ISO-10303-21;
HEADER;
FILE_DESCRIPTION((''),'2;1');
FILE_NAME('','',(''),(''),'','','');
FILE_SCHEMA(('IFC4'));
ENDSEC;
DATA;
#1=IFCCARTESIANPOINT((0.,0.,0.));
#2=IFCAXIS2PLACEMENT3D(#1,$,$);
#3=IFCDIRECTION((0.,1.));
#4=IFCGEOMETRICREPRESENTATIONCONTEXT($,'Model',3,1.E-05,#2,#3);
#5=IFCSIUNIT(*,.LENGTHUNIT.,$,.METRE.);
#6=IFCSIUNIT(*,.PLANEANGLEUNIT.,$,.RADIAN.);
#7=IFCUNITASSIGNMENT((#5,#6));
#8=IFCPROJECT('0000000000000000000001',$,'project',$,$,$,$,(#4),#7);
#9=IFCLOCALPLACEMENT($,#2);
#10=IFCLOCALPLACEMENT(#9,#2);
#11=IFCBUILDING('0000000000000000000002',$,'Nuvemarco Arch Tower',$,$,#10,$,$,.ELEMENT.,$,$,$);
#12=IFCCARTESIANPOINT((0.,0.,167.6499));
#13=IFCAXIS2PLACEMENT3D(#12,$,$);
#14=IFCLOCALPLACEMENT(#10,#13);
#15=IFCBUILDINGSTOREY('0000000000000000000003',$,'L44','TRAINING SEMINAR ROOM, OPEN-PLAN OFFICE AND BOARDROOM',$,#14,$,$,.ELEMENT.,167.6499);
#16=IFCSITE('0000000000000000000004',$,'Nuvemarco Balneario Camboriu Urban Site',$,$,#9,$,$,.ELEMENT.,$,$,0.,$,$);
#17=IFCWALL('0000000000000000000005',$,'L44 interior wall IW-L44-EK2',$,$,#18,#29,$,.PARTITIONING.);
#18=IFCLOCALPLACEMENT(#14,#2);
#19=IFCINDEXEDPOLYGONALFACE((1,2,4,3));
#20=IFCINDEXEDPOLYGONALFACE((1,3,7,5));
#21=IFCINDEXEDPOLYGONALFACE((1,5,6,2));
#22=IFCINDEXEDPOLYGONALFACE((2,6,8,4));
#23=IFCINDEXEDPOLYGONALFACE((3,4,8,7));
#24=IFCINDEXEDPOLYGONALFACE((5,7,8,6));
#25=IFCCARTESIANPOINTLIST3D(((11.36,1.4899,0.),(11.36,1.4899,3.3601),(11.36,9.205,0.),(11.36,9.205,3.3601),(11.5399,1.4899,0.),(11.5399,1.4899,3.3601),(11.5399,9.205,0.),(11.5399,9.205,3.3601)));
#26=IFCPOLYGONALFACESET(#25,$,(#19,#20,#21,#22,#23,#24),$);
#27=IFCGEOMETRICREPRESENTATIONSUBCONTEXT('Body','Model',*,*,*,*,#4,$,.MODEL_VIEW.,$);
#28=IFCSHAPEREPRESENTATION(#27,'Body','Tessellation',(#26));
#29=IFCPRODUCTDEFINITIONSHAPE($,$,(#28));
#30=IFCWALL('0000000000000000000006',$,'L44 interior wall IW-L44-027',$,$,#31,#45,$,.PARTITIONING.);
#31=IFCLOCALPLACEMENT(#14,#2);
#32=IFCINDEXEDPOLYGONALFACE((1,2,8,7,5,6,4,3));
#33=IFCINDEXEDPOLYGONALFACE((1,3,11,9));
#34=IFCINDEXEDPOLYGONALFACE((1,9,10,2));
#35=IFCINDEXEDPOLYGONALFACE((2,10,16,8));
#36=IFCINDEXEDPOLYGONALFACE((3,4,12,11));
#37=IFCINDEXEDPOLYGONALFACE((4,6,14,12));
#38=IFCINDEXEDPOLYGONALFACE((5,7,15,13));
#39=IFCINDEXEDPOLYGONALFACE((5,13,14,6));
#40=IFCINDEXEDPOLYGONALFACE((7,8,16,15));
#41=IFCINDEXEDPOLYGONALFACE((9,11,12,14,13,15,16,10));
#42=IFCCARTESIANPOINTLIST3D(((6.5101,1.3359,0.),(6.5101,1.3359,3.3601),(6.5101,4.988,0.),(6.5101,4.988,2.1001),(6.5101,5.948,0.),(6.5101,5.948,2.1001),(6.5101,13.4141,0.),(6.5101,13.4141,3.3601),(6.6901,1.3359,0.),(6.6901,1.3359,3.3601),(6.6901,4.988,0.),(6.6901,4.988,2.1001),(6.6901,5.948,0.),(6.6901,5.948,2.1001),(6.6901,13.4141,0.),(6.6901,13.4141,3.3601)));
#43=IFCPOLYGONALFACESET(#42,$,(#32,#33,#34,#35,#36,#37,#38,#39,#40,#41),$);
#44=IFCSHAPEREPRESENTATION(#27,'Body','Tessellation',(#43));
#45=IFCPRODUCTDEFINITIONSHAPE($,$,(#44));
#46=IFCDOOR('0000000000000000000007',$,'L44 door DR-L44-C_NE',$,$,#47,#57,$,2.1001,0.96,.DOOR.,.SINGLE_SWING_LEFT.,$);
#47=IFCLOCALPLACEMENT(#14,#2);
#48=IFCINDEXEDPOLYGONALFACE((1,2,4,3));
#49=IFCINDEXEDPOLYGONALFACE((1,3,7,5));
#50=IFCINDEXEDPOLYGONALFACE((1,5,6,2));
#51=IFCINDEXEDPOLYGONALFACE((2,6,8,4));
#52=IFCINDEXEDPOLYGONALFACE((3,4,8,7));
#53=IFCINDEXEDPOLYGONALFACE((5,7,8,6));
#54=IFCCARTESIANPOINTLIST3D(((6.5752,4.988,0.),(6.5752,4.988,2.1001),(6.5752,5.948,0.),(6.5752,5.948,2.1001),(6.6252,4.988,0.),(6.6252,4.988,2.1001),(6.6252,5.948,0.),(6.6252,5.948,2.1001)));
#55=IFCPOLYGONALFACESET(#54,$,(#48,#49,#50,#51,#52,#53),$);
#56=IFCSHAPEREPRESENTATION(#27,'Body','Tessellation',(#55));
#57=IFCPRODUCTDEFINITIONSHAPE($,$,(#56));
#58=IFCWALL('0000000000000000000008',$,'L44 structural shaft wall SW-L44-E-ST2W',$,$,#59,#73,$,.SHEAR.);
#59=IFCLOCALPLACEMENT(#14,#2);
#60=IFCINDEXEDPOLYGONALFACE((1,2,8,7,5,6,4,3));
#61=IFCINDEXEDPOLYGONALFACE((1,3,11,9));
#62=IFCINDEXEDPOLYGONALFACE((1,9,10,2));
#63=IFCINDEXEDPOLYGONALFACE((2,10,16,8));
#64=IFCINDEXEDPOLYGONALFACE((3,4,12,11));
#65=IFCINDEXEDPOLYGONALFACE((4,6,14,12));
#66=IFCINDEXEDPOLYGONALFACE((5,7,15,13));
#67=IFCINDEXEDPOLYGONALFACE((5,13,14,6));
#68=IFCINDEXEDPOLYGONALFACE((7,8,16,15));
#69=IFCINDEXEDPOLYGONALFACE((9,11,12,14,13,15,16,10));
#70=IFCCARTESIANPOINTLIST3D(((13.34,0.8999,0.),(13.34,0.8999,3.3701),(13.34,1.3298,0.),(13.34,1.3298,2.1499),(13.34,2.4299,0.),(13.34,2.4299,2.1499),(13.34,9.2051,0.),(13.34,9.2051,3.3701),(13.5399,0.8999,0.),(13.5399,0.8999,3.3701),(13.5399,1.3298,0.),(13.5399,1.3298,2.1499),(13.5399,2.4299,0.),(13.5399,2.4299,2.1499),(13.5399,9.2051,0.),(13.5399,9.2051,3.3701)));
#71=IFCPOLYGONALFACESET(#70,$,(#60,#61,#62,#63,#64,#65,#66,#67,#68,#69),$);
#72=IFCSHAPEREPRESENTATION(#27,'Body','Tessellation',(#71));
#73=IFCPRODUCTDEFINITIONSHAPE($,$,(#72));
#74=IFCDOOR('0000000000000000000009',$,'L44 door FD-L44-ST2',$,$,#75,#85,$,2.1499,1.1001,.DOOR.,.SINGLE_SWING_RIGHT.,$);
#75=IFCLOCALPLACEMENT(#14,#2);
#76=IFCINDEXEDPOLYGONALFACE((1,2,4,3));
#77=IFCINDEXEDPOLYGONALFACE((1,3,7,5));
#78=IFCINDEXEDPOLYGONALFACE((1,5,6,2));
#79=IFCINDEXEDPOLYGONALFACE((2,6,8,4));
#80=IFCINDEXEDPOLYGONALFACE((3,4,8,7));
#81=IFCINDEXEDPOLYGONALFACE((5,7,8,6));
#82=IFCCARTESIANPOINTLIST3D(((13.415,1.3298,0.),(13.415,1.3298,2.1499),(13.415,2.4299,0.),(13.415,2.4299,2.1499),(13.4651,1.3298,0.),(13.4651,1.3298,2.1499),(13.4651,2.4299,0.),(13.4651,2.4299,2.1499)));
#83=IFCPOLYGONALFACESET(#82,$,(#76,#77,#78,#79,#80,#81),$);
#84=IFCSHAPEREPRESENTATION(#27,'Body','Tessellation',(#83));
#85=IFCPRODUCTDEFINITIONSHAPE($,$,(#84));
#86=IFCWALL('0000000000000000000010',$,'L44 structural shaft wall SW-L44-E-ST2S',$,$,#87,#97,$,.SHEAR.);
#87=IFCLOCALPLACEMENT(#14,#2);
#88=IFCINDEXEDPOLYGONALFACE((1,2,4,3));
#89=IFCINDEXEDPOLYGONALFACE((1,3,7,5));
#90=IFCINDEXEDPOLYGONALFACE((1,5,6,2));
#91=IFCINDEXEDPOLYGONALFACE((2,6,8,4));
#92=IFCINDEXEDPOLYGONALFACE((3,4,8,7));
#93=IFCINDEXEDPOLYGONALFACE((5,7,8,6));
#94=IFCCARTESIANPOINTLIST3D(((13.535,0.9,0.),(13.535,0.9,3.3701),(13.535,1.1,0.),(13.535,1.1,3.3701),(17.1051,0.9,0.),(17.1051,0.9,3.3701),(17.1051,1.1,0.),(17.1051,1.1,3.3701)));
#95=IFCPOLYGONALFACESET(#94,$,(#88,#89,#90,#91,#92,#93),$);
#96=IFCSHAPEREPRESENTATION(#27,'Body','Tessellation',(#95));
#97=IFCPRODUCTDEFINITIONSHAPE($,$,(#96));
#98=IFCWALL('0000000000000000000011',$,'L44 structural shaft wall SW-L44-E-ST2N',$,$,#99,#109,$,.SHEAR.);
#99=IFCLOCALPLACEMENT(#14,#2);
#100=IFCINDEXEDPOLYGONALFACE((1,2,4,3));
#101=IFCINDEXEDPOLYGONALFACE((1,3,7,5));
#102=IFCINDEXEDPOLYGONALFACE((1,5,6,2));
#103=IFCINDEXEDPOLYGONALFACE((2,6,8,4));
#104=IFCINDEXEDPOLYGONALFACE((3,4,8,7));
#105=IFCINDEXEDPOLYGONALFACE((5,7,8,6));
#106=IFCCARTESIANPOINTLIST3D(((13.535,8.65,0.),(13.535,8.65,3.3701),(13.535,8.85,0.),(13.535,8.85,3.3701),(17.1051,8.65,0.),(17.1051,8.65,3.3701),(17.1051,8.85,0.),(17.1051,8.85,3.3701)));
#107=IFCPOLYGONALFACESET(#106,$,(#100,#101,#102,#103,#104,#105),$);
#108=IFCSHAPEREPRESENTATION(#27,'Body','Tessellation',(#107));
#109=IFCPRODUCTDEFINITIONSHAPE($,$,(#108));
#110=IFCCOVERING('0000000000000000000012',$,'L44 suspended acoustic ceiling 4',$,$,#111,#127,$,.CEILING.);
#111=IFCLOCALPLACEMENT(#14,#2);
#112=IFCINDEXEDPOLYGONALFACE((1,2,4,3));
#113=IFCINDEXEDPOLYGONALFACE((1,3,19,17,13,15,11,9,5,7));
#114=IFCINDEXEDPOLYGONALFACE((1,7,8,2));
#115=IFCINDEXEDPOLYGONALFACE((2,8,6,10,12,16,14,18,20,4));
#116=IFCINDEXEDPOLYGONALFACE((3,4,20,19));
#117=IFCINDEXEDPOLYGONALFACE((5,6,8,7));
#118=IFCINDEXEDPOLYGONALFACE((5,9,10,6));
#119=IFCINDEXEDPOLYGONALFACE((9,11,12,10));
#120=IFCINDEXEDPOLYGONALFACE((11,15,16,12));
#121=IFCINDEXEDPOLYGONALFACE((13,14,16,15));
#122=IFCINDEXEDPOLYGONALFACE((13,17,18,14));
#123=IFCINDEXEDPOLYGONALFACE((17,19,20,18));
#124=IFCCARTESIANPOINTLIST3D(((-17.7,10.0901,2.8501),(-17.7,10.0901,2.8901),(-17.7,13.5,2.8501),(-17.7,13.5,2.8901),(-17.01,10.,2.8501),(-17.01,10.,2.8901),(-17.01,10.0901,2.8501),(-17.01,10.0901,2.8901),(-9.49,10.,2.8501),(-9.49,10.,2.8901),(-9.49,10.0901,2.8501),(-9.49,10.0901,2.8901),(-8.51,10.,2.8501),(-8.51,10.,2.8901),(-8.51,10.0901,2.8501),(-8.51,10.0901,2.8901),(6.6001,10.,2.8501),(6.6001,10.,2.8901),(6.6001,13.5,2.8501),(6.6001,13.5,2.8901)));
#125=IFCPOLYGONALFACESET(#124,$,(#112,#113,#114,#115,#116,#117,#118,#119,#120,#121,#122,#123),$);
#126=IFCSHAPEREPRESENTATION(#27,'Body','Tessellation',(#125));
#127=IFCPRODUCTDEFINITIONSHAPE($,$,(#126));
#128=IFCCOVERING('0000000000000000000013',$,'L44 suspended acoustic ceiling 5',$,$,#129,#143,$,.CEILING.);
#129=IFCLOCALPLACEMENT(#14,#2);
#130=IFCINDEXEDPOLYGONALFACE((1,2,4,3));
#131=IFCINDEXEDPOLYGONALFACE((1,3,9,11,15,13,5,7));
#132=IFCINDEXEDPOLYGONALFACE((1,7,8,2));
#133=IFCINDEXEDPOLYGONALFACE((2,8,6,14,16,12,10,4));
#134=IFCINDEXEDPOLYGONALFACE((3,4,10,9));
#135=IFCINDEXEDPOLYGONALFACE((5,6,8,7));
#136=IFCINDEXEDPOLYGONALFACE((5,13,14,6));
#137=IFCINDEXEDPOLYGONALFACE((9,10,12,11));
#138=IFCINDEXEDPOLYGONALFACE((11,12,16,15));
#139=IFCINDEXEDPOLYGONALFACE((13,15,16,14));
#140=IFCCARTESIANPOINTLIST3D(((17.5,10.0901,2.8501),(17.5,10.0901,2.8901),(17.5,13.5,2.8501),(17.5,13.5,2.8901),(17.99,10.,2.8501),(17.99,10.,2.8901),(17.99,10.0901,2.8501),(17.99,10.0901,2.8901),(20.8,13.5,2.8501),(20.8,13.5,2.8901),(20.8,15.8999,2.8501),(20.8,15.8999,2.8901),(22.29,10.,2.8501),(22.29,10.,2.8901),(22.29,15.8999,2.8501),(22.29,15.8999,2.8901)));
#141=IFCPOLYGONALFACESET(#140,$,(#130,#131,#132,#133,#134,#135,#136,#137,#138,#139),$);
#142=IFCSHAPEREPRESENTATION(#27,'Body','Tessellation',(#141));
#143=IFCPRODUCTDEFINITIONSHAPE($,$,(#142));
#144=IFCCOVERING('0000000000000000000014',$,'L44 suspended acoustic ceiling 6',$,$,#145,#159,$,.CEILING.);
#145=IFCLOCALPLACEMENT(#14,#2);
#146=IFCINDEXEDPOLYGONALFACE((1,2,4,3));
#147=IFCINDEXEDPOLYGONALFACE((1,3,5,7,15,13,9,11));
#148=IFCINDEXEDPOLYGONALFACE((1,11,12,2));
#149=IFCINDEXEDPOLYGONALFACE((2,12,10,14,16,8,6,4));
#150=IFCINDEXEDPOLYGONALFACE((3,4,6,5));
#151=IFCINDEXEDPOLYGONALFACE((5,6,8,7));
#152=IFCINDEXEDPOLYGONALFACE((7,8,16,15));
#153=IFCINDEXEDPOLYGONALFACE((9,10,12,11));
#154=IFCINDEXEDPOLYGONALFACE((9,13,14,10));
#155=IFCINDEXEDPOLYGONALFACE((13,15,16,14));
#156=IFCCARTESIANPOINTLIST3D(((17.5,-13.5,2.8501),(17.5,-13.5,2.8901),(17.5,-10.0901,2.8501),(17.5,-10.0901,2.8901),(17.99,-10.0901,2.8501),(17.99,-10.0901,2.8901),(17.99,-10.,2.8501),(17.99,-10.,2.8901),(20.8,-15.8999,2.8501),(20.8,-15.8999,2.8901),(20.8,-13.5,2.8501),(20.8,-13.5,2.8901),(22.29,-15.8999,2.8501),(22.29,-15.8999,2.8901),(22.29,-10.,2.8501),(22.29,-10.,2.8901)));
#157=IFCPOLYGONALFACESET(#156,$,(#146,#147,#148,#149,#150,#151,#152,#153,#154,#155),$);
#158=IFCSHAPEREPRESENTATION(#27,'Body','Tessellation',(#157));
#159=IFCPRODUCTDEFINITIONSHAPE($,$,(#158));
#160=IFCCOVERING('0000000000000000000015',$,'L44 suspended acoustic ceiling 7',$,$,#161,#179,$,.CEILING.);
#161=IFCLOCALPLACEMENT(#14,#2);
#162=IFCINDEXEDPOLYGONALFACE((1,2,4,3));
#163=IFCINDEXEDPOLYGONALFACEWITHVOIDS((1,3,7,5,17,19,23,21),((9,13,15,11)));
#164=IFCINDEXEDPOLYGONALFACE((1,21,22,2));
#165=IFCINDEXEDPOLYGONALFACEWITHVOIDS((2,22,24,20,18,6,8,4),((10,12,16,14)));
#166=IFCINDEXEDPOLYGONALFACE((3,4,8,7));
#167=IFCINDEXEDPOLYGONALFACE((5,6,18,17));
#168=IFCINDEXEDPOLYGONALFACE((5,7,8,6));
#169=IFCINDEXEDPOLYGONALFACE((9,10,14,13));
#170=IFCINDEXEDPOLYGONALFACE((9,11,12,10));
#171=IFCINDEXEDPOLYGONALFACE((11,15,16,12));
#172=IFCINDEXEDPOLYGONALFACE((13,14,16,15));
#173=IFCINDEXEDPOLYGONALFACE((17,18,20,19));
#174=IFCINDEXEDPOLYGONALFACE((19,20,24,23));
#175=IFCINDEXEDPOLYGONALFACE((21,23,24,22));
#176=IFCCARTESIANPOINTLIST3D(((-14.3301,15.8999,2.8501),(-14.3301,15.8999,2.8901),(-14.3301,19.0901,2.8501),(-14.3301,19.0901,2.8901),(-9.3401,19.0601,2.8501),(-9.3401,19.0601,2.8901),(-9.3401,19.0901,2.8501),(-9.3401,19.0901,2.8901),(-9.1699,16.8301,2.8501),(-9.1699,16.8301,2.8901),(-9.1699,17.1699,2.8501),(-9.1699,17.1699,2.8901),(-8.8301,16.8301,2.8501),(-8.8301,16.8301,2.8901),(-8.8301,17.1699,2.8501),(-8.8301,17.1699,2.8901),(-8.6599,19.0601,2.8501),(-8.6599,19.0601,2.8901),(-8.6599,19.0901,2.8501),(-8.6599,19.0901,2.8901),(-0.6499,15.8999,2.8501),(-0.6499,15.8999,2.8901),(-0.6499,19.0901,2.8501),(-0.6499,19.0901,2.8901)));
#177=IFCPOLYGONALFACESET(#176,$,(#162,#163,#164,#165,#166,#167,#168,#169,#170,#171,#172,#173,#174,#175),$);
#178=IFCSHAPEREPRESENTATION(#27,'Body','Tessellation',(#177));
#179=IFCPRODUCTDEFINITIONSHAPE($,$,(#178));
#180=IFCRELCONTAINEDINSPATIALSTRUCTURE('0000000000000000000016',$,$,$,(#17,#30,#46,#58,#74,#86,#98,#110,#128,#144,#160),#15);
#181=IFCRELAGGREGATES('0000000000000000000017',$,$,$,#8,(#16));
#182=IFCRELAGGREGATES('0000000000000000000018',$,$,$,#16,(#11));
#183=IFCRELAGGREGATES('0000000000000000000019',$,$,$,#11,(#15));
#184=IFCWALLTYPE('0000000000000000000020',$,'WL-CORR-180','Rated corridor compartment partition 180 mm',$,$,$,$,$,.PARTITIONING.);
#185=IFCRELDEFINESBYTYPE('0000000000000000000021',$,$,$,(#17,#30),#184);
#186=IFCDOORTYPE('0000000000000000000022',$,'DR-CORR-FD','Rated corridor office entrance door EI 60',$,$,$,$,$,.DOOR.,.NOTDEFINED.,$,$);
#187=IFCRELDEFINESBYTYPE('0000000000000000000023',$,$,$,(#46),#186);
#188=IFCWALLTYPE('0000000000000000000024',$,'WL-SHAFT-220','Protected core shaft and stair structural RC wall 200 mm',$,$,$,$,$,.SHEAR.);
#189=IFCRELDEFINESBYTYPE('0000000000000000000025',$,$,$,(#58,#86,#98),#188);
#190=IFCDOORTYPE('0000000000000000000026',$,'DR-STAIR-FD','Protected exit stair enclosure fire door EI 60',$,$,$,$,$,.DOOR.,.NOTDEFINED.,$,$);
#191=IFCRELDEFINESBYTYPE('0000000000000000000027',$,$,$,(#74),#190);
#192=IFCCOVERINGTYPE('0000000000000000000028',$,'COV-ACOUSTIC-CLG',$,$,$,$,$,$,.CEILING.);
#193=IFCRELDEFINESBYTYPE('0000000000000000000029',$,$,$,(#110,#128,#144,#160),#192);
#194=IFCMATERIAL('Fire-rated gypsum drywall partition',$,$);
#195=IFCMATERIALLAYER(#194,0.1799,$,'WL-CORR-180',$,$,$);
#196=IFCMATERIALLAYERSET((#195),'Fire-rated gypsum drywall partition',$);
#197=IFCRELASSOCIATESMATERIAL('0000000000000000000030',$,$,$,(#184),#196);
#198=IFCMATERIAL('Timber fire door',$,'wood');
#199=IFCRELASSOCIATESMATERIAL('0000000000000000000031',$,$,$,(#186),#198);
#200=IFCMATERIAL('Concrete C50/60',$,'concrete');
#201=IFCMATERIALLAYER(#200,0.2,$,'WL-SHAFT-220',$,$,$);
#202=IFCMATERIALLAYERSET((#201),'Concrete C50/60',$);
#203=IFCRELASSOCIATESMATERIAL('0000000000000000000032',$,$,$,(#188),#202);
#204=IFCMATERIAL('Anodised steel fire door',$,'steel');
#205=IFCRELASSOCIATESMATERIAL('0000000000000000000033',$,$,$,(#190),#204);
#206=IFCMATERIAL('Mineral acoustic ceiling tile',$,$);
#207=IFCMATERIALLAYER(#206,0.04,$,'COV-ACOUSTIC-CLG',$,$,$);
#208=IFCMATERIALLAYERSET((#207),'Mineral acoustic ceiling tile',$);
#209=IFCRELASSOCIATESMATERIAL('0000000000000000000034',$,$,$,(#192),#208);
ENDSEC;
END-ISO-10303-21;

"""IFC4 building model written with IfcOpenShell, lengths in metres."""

from ifc_helpers import new_model, si_unit, direction, frame, frame_2d, origin, place, context, subcontext, project, spatial, polyline, rectangle, outline, extrude, source, transform, mapped, material, layer, layer_set, type_object, type_shapes, element, fill, save


model = new_model("IFC4")

# Units and contexts
model_context = context("Model", 3, precision=1e-05, world=origin(), true_north=direction((0.0, 1.0)))
body_context = subcontext(model_context, "Body", "Model", "MODEL_VIEW")
ifc_project = project(units=[si_unit("LENGTHUNIT", "METRE"), si_unit("PLANEANGLEUNIT", "RADIAN")], contexts=[model_context])

# Site, building, storey
site_placement = place(None, origin())
site = spatial("IfcSite", under=ifc_project, at=site_placement, Name="Nuvemarco Balneario Camboriu Urban Site", CompositionType="ELEMENT", RefElevation=0.0)
building_placement = place(site_placement, origin())
building = spatial("IfcBuilding", under=site, at=building_placement, Name="Nuvemarco Arch Tower", CompositionType="ELEMENT")
storey_placement = place(building_placement, frame((0.0, 0.0, 167.6499)))
storey = spatial("IfcBuildingStorey", under=building, at=storey_placement, Name="L44", Description="TRAINING SEMINAR ROOM, OPEN-PLAN OFFICE AND BOARDROOM", CompositionType="ELEMENT", Elevation=167.6499)

# Shared definitions
ifc_material_1 = material(Name="Concrete C50/60", Category="concrete")

# Shared definitions
ifc_material_2 = material(Name="Fire-rated gypsum drywall partition")
ifc_layer_1 = layer(ifc_material_2, 0.1799, Name="WL-CORR-180")
ifc_layer_set_1 = layer_set([ifc_layer_1], Name="Fire-rated gypsum drywall partition")
wall_type_1 = type_object("IfcWallType", Name="WL-CORR-180", Description="Rated corridor compartment partition 180 mm", PredefinedType="PARTITIONING", material=ifc_layer_set_1)
ifc_material_3 = material(Name="Anodised steel fire door", Category="steel")

# Wall
wall_1_placement = place(storey_placement, frame((11.45, 1.49, 0.0), z_axis=(0.0, 0.0, 1.0), x_axis=(0.0, 1.0, 0.0)))
element("IfcWall", 1, at=wall_1_placement, inside=storey, type_object=wall_type_1, Name="L44 interior wall IW-L44-EK2", PredefinedType="PARTITIONING", context=body_context, shape_type="SweptSolid", body=[
    extrude(rectangle(XDim=7.7151, YDim=0.1799, at=frame_2d((3.8574, 0.0))), origin(), (0.0, 0.0, 1.0), 3.3601),
])

# Walls, openings, doors
wall_2_placement = place(storey_placement, frame((6.6001, 1.3359, 0.0), z_axis=(0.0, 0.0, 1.0), x_axis=(0.0, 1.0, 0.0)))
wall_2 = element("IfcWall", 2, at=wall_2_placement, inside=storey, type_object=wall_type_1, Name="L44 interior wall IW-L44-027", PredefinedType="PARTITIONING", context=body_context, shape_type="SweptSolid", body=[
    extrude(rectangle(XDim=12.0781, YDim=0.1799, at=frame_2d((6.0391, 0.0))), origin(), (0.0, 0.0, 1.0), 3.3601),
])
opening_1_placement = place(wall_2_placement, frame((3.6521, 0.0, 0.0)))
opening_1 = element("IfcOpeningElement", 3, at=opening_1_placement, cuts=wall_2, PredefinedType="OPENING", context=body_context, shape_type="SweptSolid", body=[
    extrude(rectangle(XDim=0.96, YDim=2.1001, at=frame_2d((0.48, 1.05))), frame((0.0, 0.0999, 0.0), z_axis=(0.0, -1.0, 0.0), x_axis=(1.0, 0.0, 0.0)), (0.0, 0.0, 1.0), 0.2),
])
ifc_material_4 = material(Name="Timber fire door", Category="wood")
door_type_1 = type_object("IfcDoorType", Name="DR-CORR-FD", Description="Rated corridor office entrance door EI 60", OperationType="NOTDEFINED", PredefinedType="DOOR", material=ifc_material_4)
shared_shape_1 = source(origin(), body_context, "Body", "SweptSolid", [
    extrude(rectangle(XDim=0.96, YDim=2.1001, at=frame_2d((0.48, 1.05))), frame((0.0, 0.0249, 0.0), z_axis=(0.0, -1.0, 0.0), x_axis=(1.0, 0.0, 0.0)), (0.0, 0.0, 1.0), 0.05),
])
type_shapes(door_type_1, [shared_shape_1])
door_1_placement = place(opening_1_placement, origin())
door_1 = element("IfcDoor", 4, at=door_1_placement, inside=storey, type_object=door_type_1, Name="L44 door DR-L44-C_NE", OperationType="SINGLE_SWING_LEFT", OverallHeight=2.1001, OverallWidth=0.96, PredefinedType="DOOR", context=body_context, shape_type="MappedRepresentation", body=[
    mapped(shared_shape_1, transform((0.0, 0.0, 0.0), scale=1.0)),
])
fill(opening_1, door_1)
ifc_layer_2 = layer(ifc_material_1, 0.2, Name="WL-SHAFT-220")
ifc_layer_set_2 = layer_set([ifc_layer_2], Name="Concrete C50/60")
wall_type_2 = type_object("IfcWallType", Name="WL-SHAFT-220", Description="Protected core shaft and stair structural RC wall 200 mm", PredefinedType="SHEAR", material=ifc_layer_set_2)
wall_3_placement = place(storey_placement, frame((13.4399, 0.8999, 0.0), z_axis=(0.0, 0.0, 1.0), x_axis=(0.0, 1.0, 0.0)))
wall_3 = element("IfcWall", 5, at=wall_3_placement, inside=storey, type_object=wall_type_2, Name="L44 structural shaft wall SW-L44-E-ST2W", PredefinedType="SHEAR", context=body_context, shape_type="SweptSolid", body=[
    extrude(rectangle(XDim=8.3052, YDim=0.2, at=frame_2d((4.1526, 0.0))), origin(), (0.0, 0.0, 1.0), 3.3701),
])
opening_2_placement = place(wall_3_placement, frame((0.4299, 0.0, 0.0)))
opening_2 = element("IfcOpeningElement", 6, at=opening_2_placement, cuts=wall_3, PredefinedType="OPENING", context=body_context, shape_type="SweptSolid", body=[
    extrude(rectangle(XDim=1.1001, YDim=2.1499, at=frame_2d((0.55, 1.075))), frame((0.0, 0.1099, 0.0), z_axis=(0.0, -1.0, 0.0), x_axis=(1.0, 0.0, 0.0)), (0.0, 0.0, 1.0), 0.22),
])
door_type_2 = type_object("IfcDoorType", Name="DR-STAIR-FD", Description="Protected exit stair enclosure fire door EI 60", OperationType="NOTDEFINED", PredefinedType="DOOR", material=ifc_material_3)
shared_shape_2 = source(origin(), body_context, "Body", "SweptSolid", [
    extrude(rectangle(XDim=1.1001, YDim=2.1499, at=frame_2d((0.55, 1.075))), frame((0.0, 0.0249, 0.0), z_axis=(0.0, -1.0, 0.0), x_axis=(1.0, 0.0, 0.0)), (0.0, 0.0, 1.0), 0.05),
])
type_shapes(door_type_2, [shared_shape_2])
door_2_placement = place(opening_2_placement, origin())
door_2 = element("IfcDoor", 7, at=door_2_placement, inside=storey, type_object=door_type_2, Name="L44 door FD-L44-ST2", OperationType="SINGLE_SWING_RIGHT", OverallHeight=2.1499, OverallWidth=1.1001, PredefinedType="DOOR", context=body_context, shape_type="MappedRepresentation", body=[
    mapped(shared_shape_2, transform((0.0, 0.0, 0.0), scale=1.0)),
])
fill(opening_2, door_2)

# Walls
for number, where, z_axis, x_axis, name in (
    (8, (13.5349, 1.0, 0.0), (0.0, 0.0, 1.0), (1.0, 0.0, 0.0), "L44 structural shaft wall SW-L44-E-ST2S"),
    (9, (13.5349, 8.75, 0.0), (0.0, 0.0, 1.0), (1.0, 0.0, 0.0), "L44 structural shaft wall SW-L44-E-ST2N"),
):
    element("IfcWall", number, at=place(storey_placement, frame(where, z_axis=z_axis, x_axis=x_axis)), inside=storey, type_object=wall_type_2, Name=name, PredefinedType="SHEAR", context=body_context, shape_type="SweptSolid", body=[
        extrude(rectangle(XDim=3.5701, YDim=0.2, at=frame_2d((1.7852, 0.0))), origin(), (0.0, 0.0, 1.0), 3.3701),
    ])

# Coverings
ifc_material_5 = material(Name="Mineral acoustic ceiling tile")
ifc_layer_3 = layer(ifc_material_5, 0.04, Name="COV-ACOUSTIC-CLG")
ifc_layer_set_3 = layer_set([ifc_layer_3], Name="Mineral acoustic ceiling tile")
covering_type_1 = type_object("IfcCoveringType", Name="COV-ACOUSTIC-CLG", PredefinedType="CEILING", material=ifc_layer_set_3)
covering_1_placement = place(storey_placement, frame((0.0, 0.0, 2.8501)))
element("IfcCovering", 10, at=covering_1_placement, inside=storey, type_object=covering_type_1, Name="L44 suspended acoustic ceiling 4", PredefinedType="CEILING", context=body_context, shape_type="SweptSolid", body=[
    extrude(outline(polyline([(6.6001, 13.5), (6.6001, 10.0), (-8.51, 10.0), (-8.51, 10.0901), (-9.49, 10.0901), (-9.49, 10.0), (-17.01, 10.0), (-17.01, 10.0901), (-17.7, 10.0901), (-17.7, 13.5), (6.6001, 13.5)])), origin(), (0.0, 0.0, 1.0), 0.04),
])
covering_2_placement = place(storey_placement, frame((0.0, 0.0, 2.8501)))
element("IfcCovering", 11, at=covering_2_placement, inside=storey, type_object=covering_type_1, Name="L44 suspended acoustic ceiling 5", PredefinedType="CEILING", context=body_context, shape_type="SweptSolid", body=[
    extrude(outline(polyline([(17.99, 10.0901), (17.5, 10.0901), (17.5, 13.5), (20.8, 13.5), (20.8, 15.8999), (22.29, 15.8999), (22.29, 10.0), (17.99, 10.0), (17.99, 10.0901)])), origin(), (0.0, 0.0, 1.0), 0.04),
])
covering_3_placement = place(storey_placement, frame((0.0, 0.0, 2.8501)))
element("IfcCovering", 12, at=covering_3_placement, inside=storey, type_object=covering_type_1, Name="L44 suspended acoustic ceiling 6", PredefinedType="CEILING", context=body_context, shape_type="SweptSolid", body=[
    extrude(outline(polyline([(17.5, -10.0901), (17.99, -10.0901), (17.99, -10.0), (22.29, -10.0), (22.29, -15.8999), (20.8, -15.8999), (20.8, -13.5), (17.5, -13.5), (17.5, -10.0901)])), origin(), (0.0, 0.0, 1.0), 0.04),
])
covering_4_placement = place(storey_placement, frame((0.0, 0.0, 2.8501)))
element("IfcCovering", 13, at=covering_4_placement, inside=storey, type_object=covering_type_1, Name="L44 suspended acoustic ceiling 7", PredefinedType="CEILING", context=body_context, shape_type="SweptSolid", body=[
    extrude(outline(polyline([(-0.6499, 15.8999), (-14.3301, 15.8999), (-14.3301, 19.0901), (-9.3401, 19.0901), (-9.3401, 19.0601), (-8.6599, 19.0601), (-8.6599, 19.0901), (-0.6499, 19.0901), (-0.6499, 15.8999)]), holes=[polyline([(-8.8301, 16.8301), (-8.8301, 17.1699), (-9.1699, 17.1699), (-9.1699, 16.8301), (-8.8301, 16.8301)])]), origin(), (0.0, 0.0, 1.0), 0.04),
])

save(model, "model.ifc")
